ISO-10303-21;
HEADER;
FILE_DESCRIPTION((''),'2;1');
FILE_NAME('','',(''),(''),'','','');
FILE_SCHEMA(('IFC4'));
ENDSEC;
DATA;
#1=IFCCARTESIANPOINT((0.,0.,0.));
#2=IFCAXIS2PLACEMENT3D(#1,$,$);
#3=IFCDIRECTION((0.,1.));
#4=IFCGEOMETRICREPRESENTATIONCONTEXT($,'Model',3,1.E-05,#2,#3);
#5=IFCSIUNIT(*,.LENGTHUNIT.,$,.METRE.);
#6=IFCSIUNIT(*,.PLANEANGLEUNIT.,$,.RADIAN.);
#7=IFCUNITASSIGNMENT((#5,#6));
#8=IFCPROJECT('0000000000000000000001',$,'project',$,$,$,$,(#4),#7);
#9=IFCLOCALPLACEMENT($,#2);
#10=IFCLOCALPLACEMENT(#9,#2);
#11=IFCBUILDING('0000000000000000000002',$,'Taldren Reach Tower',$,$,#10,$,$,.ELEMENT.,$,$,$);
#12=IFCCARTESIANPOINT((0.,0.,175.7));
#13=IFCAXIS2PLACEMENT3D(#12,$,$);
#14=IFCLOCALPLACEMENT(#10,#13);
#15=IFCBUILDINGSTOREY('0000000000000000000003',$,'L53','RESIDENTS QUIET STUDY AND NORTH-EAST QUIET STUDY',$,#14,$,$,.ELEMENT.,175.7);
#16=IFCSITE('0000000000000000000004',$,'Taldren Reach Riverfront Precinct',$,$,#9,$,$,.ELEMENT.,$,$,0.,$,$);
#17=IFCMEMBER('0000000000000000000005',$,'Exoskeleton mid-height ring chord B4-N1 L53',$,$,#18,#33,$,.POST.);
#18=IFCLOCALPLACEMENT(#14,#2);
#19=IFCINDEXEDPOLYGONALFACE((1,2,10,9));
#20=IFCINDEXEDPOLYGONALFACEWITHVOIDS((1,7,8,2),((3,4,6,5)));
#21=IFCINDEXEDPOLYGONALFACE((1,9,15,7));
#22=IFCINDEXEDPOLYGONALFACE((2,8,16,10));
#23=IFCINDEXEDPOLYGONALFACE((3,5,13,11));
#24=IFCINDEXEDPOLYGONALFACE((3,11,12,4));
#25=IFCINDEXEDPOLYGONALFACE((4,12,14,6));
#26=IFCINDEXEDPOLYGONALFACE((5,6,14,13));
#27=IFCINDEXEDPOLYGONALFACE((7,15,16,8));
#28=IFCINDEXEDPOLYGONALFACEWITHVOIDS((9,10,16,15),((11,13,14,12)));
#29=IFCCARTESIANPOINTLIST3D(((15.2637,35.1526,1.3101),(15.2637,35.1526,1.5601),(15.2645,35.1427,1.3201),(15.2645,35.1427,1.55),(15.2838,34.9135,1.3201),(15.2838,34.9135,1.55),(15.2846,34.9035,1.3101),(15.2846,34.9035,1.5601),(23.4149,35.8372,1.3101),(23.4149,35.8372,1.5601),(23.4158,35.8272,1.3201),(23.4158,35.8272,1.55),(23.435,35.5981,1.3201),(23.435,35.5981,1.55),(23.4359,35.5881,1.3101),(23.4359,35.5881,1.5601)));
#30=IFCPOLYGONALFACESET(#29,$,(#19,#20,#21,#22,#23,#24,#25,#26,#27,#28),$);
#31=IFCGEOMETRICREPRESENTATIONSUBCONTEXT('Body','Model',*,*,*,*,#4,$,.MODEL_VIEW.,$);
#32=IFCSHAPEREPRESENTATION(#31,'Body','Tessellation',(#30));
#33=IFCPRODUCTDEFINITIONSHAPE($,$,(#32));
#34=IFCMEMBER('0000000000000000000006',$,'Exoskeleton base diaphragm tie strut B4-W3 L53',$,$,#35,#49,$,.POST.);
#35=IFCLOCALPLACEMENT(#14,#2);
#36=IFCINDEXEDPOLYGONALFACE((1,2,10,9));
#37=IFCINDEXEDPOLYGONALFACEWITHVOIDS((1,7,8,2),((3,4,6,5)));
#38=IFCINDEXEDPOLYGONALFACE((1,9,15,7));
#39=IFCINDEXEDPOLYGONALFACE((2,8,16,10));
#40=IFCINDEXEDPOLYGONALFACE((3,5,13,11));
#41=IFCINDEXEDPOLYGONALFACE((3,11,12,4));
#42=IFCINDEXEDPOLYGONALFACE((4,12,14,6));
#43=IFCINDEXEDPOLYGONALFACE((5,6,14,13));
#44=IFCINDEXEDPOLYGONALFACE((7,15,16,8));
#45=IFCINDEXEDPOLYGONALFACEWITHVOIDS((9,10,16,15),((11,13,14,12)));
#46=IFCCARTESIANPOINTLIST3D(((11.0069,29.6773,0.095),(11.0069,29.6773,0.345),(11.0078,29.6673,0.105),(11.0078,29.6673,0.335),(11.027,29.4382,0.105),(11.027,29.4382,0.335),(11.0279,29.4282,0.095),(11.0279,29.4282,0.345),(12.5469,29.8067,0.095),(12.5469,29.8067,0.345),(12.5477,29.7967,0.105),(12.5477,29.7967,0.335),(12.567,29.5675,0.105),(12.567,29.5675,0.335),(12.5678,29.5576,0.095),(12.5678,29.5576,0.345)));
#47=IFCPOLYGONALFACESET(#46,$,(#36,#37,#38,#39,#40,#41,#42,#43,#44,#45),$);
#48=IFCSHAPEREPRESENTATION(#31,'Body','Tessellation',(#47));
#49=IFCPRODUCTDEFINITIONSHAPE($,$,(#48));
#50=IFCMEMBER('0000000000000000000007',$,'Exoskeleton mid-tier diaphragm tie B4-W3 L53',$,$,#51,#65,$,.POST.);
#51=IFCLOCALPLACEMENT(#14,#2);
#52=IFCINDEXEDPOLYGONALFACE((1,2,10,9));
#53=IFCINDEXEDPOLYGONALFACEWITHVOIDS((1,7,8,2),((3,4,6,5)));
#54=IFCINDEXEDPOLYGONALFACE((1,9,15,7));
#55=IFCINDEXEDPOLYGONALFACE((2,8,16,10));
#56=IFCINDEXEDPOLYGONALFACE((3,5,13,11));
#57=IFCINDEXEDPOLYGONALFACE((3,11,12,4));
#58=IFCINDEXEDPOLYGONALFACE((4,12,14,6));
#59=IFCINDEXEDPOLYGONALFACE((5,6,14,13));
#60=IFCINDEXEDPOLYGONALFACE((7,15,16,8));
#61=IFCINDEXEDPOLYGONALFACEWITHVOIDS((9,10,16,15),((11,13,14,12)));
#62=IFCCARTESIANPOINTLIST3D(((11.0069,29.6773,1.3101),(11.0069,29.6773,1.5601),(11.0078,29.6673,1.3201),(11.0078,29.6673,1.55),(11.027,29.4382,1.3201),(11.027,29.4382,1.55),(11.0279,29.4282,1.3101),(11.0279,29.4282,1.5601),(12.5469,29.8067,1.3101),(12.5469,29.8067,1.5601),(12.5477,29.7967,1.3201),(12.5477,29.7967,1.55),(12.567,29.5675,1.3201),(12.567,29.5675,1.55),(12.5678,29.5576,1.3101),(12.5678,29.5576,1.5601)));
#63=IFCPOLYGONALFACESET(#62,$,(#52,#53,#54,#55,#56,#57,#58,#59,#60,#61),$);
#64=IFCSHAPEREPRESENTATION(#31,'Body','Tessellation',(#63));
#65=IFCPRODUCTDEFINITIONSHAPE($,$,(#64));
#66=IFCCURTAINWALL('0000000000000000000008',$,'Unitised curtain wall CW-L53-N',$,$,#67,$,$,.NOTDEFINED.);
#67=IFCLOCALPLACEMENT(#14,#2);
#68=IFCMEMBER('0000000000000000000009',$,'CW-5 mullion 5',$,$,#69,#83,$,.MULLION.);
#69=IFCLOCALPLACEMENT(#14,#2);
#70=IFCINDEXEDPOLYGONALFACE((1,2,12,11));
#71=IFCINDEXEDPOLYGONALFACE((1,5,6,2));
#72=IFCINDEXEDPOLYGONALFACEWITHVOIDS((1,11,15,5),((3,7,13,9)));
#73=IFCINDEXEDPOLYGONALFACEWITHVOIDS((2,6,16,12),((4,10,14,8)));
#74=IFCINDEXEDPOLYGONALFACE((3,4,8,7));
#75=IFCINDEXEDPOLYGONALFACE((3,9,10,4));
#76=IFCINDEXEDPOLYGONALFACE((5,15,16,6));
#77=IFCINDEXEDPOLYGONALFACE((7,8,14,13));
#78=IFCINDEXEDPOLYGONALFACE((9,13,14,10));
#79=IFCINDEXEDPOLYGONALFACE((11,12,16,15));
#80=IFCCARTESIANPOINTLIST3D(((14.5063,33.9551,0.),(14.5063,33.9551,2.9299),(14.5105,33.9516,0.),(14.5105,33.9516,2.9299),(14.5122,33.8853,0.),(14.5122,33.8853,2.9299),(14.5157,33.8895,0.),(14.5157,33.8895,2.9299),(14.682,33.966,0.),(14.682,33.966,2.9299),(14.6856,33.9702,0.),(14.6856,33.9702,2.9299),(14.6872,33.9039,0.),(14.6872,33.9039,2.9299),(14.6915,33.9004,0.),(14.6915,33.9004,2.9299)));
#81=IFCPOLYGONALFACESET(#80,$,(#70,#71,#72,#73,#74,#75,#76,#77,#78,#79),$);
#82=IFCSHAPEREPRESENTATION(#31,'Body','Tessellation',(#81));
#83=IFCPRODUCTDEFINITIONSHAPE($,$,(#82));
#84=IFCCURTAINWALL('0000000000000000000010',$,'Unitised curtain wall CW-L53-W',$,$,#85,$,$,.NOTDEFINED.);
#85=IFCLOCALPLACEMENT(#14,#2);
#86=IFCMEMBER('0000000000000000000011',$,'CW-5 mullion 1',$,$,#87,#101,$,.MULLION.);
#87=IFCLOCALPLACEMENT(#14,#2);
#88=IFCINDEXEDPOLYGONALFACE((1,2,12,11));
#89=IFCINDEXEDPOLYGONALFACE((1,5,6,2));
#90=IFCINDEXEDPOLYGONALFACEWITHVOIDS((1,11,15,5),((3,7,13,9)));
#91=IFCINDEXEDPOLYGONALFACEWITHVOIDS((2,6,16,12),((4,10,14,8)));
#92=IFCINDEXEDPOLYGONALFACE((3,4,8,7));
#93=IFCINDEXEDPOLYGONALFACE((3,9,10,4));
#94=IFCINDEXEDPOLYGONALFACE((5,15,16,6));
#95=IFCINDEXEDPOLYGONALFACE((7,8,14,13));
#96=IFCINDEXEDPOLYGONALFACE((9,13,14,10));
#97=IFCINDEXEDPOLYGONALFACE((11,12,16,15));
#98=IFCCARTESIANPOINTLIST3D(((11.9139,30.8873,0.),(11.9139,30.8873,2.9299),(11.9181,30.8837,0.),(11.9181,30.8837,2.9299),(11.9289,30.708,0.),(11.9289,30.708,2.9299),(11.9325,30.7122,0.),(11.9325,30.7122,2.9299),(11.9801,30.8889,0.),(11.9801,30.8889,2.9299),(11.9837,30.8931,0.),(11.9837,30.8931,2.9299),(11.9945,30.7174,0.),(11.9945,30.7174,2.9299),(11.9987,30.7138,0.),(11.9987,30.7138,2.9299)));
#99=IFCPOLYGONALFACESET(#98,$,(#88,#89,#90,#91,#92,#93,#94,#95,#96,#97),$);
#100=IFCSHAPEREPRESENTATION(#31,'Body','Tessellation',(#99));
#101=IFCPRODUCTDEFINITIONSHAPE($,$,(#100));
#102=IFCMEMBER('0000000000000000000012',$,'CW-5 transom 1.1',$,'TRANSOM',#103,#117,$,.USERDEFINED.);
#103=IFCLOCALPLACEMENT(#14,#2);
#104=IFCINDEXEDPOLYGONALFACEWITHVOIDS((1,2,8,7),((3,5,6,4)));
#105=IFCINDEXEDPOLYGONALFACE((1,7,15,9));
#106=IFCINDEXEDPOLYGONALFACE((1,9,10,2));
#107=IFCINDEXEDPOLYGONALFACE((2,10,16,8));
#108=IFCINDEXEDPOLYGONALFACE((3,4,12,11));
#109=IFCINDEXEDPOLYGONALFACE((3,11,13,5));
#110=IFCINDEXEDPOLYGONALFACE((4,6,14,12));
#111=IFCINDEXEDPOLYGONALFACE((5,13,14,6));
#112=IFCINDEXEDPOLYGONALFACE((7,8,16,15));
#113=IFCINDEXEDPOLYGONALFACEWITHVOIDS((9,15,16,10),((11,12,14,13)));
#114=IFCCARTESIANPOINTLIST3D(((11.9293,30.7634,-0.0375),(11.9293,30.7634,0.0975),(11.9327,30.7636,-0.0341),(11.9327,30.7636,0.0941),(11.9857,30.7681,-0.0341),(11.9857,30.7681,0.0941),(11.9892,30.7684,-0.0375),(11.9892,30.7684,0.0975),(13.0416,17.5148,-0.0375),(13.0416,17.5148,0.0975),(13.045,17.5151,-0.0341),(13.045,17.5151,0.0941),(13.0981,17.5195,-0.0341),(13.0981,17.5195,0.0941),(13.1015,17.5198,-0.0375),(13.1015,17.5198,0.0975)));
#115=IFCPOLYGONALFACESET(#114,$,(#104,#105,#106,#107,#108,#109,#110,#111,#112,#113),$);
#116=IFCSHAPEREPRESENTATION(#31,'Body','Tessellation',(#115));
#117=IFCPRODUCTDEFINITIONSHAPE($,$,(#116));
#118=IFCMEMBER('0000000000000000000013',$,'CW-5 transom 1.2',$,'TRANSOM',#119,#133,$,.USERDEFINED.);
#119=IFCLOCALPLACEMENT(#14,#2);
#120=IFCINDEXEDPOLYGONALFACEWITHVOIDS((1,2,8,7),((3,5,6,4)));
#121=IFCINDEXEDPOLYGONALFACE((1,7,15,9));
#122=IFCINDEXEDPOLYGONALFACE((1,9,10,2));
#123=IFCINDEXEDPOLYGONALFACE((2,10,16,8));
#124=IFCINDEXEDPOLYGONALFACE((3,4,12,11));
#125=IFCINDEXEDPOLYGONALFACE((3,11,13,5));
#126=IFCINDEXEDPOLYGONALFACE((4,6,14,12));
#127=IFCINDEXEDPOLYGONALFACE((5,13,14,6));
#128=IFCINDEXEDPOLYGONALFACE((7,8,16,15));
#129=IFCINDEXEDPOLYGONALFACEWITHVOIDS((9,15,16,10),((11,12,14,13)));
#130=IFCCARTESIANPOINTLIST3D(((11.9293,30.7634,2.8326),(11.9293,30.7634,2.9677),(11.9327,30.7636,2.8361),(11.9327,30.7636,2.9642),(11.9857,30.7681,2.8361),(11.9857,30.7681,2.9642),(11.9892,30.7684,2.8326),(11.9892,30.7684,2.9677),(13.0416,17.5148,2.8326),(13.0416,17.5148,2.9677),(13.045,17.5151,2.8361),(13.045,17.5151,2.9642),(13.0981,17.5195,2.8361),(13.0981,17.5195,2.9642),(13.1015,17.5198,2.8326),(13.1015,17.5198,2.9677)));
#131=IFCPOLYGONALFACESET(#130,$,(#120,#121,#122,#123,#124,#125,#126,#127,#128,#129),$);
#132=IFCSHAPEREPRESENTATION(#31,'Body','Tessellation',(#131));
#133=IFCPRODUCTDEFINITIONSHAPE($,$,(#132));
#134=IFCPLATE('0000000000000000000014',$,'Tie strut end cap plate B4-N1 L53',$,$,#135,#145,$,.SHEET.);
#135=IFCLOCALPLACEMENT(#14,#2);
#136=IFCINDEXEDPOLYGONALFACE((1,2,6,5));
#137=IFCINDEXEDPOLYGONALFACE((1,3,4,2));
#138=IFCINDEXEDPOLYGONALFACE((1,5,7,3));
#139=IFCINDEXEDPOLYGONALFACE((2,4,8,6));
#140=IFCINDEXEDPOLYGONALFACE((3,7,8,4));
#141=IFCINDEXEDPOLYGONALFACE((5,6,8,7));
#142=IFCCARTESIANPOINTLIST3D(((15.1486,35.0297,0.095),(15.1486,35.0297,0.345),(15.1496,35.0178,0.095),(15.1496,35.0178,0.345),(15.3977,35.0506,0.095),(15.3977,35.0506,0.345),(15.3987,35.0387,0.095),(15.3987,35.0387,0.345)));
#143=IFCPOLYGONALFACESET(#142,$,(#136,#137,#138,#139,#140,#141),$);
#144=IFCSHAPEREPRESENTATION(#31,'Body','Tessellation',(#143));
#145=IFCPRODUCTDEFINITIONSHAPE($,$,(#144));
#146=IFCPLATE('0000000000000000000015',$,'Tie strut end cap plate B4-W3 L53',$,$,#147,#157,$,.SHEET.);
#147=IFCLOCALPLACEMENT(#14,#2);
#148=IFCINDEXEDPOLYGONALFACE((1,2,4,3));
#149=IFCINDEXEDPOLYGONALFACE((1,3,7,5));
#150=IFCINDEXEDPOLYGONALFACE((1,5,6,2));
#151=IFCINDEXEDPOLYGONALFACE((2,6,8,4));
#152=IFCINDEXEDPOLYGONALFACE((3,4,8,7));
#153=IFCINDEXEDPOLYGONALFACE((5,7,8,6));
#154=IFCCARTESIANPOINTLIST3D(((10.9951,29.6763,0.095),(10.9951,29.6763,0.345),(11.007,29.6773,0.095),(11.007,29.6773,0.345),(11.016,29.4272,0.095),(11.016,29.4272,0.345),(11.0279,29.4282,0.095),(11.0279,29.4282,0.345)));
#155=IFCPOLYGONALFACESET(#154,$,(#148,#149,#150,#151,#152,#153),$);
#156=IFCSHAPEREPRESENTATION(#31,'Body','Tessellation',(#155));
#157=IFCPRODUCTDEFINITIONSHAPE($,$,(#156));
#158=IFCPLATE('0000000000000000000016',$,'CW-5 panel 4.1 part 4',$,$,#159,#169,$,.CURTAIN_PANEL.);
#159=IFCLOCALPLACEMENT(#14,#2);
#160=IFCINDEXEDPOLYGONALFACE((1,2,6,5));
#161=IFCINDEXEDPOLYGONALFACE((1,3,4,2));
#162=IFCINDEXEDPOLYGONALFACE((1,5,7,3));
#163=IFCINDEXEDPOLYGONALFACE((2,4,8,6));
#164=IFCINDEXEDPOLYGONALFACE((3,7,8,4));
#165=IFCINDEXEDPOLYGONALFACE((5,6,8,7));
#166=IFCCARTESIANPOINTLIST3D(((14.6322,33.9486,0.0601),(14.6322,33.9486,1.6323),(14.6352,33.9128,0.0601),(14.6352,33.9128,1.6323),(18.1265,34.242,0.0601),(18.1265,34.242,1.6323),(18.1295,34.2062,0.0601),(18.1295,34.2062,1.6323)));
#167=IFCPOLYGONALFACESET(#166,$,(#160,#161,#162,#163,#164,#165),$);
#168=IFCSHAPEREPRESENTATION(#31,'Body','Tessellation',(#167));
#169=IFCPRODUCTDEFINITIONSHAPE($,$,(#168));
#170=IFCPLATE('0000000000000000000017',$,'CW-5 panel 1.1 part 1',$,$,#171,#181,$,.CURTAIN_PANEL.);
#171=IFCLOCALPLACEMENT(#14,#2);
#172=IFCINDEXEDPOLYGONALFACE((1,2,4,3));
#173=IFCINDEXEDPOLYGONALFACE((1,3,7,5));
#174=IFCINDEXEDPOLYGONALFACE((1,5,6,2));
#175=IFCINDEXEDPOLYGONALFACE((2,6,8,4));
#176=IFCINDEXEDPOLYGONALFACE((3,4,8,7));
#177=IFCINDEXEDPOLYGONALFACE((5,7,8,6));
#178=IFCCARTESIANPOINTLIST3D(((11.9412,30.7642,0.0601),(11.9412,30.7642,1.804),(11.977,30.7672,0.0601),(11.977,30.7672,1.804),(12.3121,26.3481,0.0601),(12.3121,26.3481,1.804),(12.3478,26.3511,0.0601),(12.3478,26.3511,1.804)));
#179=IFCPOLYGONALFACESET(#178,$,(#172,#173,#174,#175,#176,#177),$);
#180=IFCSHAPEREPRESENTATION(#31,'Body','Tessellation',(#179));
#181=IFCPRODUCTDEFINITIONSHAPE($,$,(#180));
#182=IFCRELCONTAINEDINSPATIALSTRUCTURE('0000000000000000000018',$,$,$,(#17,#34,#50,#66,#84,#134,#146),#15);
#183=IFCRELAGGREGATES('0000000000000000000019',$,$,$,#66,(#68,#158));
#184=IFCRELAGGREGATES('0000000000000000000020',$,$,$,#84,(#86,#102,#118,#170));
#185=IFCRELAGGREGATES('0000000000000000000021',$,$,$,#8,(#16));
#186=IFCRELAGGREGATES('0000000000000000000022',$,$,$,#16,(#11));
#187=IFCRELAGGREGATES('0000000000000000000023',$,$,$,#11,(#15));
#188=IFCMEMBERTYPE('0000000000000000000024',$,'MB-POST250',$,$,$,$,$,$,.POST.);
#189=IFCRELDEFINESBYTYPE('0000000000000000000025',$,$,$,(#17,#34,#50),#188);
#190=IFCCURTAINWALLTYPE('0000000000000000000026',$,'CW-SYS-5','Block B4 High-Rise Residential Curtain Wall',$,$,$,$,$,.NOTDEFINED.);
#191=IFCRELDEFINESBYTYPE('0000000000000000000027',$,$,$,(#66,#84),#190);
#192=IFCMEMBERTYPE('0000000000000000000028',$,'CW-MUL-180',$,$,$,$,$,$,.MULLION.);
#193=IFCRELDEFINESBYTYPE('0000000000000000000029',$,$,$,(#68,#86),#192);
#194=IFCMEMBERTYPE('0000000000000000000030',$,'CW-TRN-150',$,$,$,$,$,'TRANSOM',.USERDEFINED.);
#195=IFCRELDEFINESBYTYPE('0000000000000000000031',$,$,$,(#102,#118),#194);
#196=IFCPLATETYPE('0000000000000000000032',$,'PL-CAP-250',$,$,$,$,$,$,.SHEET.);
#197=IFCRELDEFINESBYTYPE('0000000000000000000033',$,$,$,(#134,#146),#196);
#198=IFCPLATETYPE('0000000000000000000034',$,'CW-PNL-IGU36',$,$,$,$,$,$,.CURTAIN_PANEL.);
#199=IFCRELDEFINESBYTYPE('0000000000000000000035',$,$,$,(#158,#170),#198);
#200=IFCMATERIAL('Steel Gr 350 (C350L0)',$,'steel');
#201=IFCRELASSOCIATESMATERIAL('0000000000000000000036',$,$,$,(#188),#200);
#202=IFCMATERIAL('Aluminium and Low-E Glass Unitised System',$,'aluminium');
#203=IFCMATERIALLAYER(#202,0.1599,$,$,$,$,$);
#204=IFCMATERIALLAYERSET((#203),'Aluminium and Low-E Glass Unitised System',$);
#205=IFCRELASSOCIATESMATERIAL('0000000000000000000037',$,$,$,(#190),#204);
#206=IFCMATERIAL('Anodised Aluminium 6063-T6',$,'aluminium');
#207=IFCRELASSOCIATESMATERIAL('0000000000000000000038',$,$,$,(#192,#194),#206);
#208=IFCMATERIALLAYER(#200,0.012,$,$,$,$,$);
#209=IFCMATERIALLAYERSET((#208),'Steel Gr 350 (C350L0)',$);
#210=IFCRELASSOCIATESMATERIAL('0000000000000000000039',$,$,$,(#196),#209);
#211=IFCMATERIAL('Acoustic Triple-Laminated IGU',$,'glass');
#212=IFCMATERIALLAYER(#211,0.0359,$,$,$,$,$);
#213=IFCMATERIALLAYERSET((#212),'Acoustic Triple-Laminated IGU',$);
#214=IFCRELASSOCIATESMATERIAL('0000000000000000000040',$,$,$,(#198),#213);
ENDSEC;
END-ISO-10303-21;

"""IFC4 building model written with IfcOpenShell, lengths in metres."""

from ifc_helpers import new_model, si_unit, direction, frame, origin, origin_2d, place, context, subcontext, project, spatial, rectangle, hollow_rectangle, extrude, source, transform, mapped, material, layer, layer_set, material_profile, profile_set, type_object, element, aggregate, save


model = new_model("IFC4")

# Units and contexts
model_context = context("Model", 3, precision=1e-05, world=origin(), true_north=direction((0.0, 1.0)))
body_context = subcontext(model_context, "Body", "Model", "MODEL_VIEW")
ifc_project = project(units=[si_unit("LENGTHUNIT", "METRE"), si_unit("PLANEANGLEUNIT", "RADIAN")], contexts=[model_context])

# Site, building, storey
site_placement = place(None, origin())
site = spatial("IfcSite", under=ifc_project, at=site_placement, Name="Taldren Reach Riverfront Precinct", CompositionType="ELEMENT", RefElevation=0.0)
building_placement = place(site_placement, origin())
building = spatial("IfcBuilding", under=site, at=building_placement, Name="Taldren Reach Tower", CompositionType="ELEMENT")
storey_placement = place(building_placement, frame((0.0, 0.0, 175.7)))
storey = spatial("IfcBuildingStorey", under=building, at=storey_placement, Name="L53", Description="RESIDENTS QUIET STUDY AND NORTH-EAST QUIET STUDY", CompositionType="ELEMENT", Elevation=175.7)

# Shared definitions
ifc_material_1 = material(Name="Steel Gr 350 (C350L0)", Category="steel")

# Shared definitions
ifc_material_profile_1 = material_profile(ifc_material_1, hollow_rectangle(XDim=0.25, YDim=0.25, WallThickness=0.01, at=origin_2d()), Name="250x250x10.0SHS")
ifc_profile_set_1 = profile_set([ifc_material_profile_1], Name="Steel Gr 350 (C350L0)")
member_type_1 = type_object("IfcMemberType", Name="MB-POST250", PredefinedType="POST", material=ifc_profile_set_1)

# Members
shared_shape_1 = source(origin(), body_context, "Body", "SweptSolid", [
    extrude(hollow_rectangle(XDim=0.25, YDim=0.25, WallThickness=0.01, at=origin_2d()), origin(), (0.0, 0.0, 1.0), 8.1799),
])
member_1_placement = place(storey_placement, frame((15.2742, 35.0281, 1.4351), z_axis=(0.996492, 0.08369, 0.0), x_axis=(-0.08369, 0.996492, 0.0)))
element("IfcMember", 1, at=member_1_placement, inside=storey, type_object=member_type_1, Name="Exoskeleton mid-height ring chord B4-N1 L53", PredefinedType="POST", context=body_context, shape_type="MappedRepresentation", body=[
    mapped(shared_shape_1, transform((0.0, 0.0, 0.0), scale=1.0)),
])
shared_shape_2 = source(origin(), body_context, "Body", "SweptSolid", [
    extrude(hollow_rectangle(XDim=0.25, YDim=0.25, WallThickness=0.01, at=origin_2d()), origin(), (0.0, 0.0, 1.0), 1.5454),
])
for number, where, z_axis, x_axis, name in (
    (2, (12.5574, 29.6821, 0.22), (-0.996489, -0.083725, 0.0), (0.083725, -0.996489, 0.0), "Exoskeleton base diaphragm tie strut B4-W3 L53"),
    (3, (12.5574, 29.6821, 1.4351), (-0.996489, -0.083725, 0.0), (0.083725, -0.996489, 0.0), "Exoskeleton mid-tier diaphragm tie B4-W3 L53"),
):
    element("IfcMember", number, at=place(storey_placement, frame(where, z_axis=z_axis, x_axis=x_axis)), inside=storey, type_object=member_type_1, Name=name, PredefinedType="POST", context=body_context, shape_type="MappedRepresentation", body=[
        mapped(shared_shape_2, transform((0.0, 0.0, 0.0), scale=1.0)),
    ])

# Curtain wall, member
ifc_material_2 = material(Name="Aluminium and Low-E Glass Unitised System", Category="aluminium")
ifc_layer_1 = layer(ifc_material_2, 0.1599)
ifc_layer_set_1 = layer_set([ifc_layer_1], Name="Aluminium and Low-E Glass Unitised System")
curtain_wall_type = type_object("IfcCurtainWallType", Name="CW-SYS-5", Description="Block B4 High-Rise Residential Curtain Wall", PredefinedType="NOTDEFINED", material=ifc_layer_set_1)
curtain_wall_1_placement = place(storey_placement, origin())
curtain_wall_1 = element("IfcCurtainWall", 4, at=curtain_wall_1_placement, inside=storey, type_object=curtain_wall_type, Name="Unitised curtain wall CW-L53-N", PredefinedType="NOTDEFINED")
ifc_material_3 = material(Name="Anodised Aluminium 6063-T6", Category="aluminium")
ifc_material_profile_2 = material_profile(ifc_material_3, hollow_rectangle(XDim=0.0701, YDim=0.1799, WallThickness=0.0039, at=origin_2d()), Name="ALU-180x70x4RHS")
ifc_profile_set_2 = profile_set([ifc_material_profile_2], Name="Anodised Aluminium 6063-T6")
member_type_2 = type_object("IfcMemberType", Name="CW-MUL-180", PredefinedType="MULLION", material=ifc_profile_set_2)
shared_shape_3 = source(origin(), body_context, "Body", "SweptSolid", [
    extrude(hollow_rectangle(XDim=0.0701, YDim=0.1799, WallThickness=0.0039, at=origin_2d()), origin(), (0.0, 0.0, 1.0), 2.9299),
])
member_2_placement = place(storey_placement, frame((14.5989, 33.9277, 0.0), z_axis=(0.0, 0.0, 1.0), x_axis=(0.083678, -0.996493, 0.0)))
member_2 = element("IfcMember", 5, at=member_2_placement, type_object=member_type_2, Name="CW-5 mullion 5", PredefinedType="MULLION", context=body_context, shape_type="MappedRepresentation", body=[
    mapped(shared_shape_3, transform((0.0, 0.0, 0.0), scale=1.0)),
])

# Curtain wall, members
curtain_wall_2_placement = place(storey_placement, origin())
curtain_wall_2 = element("IfcCurtainWall", 6, at=curtain_wall_2_placement, inside=storey, type_object=curtain_wall_type, Name="Unitised curtain wall CW-L53-W", PredefinedType="NOTDEFINED")
member_3_placement = place(storey_placement, frame((11.9563, 30.8005, 0.0), z_axis=(0.0, 0.0, 1.0), x_axis=(0.996493, 0.083678, 0.0)))
member_3 = element("IfcMember", 7, at=member_3_placement, type_object=member_type_2, Name="CW-5 mullion 1", PredefinedType="MULLION", context=body_context, shape_type="MappedRepresentation", body=[
    mapped(shared_shape_3, transform((0.0, 0.0, 0.0), scale=1.0)),
])
ifc_material_profile_3 = material_profile(ifc_material_3, hollow_rectangle(XDim=0.0601, YDim=0.135, WallThickness=0.0034, at=origin_2d()), Name="ALU-135x60x3.5RHS")
ifc_profile_set_3 = profile_set([ifc_material_profile_3], Name="Anodised Aluminium 6063-T6")
member_type_3 = type_object("IfcMemberType", Name="CW-TRN-150", ElementType="TRANSOM", PredefinedType="USERDEFINED", material=ifc_profile_set_3)
shared_shape_4 = source(origin(), body_context, "Body", "SweptSolid", [
    extrude(hollow_rectangle(XDim=0.0601, YDim=0.135, WallThickness=0.0034, at=origin_2d()), origin(), (0.0, 0.0, 1.0), 13.2952),
])
member_4_placement = place(storey_placement, frame((11.9592, 30.7659, 0.03), z_axis=(0.083662, -0.996494, 0.0), x_axis=(0.996494, 0.083662, 0.0)))
member_4 = element("IfcMember", 8, at=member_4_placement, type_object=member_type_3, Name="CW-5 transom 1.1", ObjectType="TRANSOM", PredefinedType="USERDEFINED", context=body_context, shape_type="MappedRepresentation", body=[
    mapped(shared_shape_4, transform((0.0, 0.0, 0.0), scale=1.0)),
])
member_5_placement = place(storey_placement, frame((11.9592, 30.7659, 2.9001), z_axis=(0.083662, -0.996494, 0.0), x_axis=(0.996494, 0.083662, 0.0)))
member_5 = element("IfcMember", 9, at=member_5_placement, type_object=member_type_3, Name="CW-5 transom 1.2", ObjectType="TRANSOM", PredefinedType="USERDEFINED", context=body_context, shape_type="MappedRepresentation", body=[
    mapped(shared_shape_4, transform((0.0, 0.0, 0.0), scale=1.0)),
])

# Plates
ifc_layer_2 = layer(ifc_material_1, 0.012)
ifc_layer_set_2 = layer_set([ifc_layer_2], Name="Steel Gr 350 (C350L0)")
plate_type_1 = type_object("IfcPlateType", Name="PL-CAP-250", PredefinedType="SHEET", material=ifc_layer_set_2)
shared_shape_5 = source(origin(), body_context, "Body", "SweptSolid", [
    extrude(rectangle(XDim=0.25, YDim=0.012, at=origin_2d()), origin(), (0.0, 0.0, 1.0), 0.25),
])
plate_1_placement = place(storey_placement, frame((15.2737, 35.0342, 0.095), z_axis=(0.0, 0.0, 1.0), x_axis=(0.996493, 0.083678, 0.0)))
element("IfcPlate", 10, at=plate_1_placement, inside=storey, type_object=plate_type_1, Name="Tie strut end cap plate B4-N1 L53", PredefinedType="SHEET", context=body_context, shape_type="MappedRepresentation", body=[
    mapped(shared_shape_5, transform((0.0, 0.0, 0.0), scale=1.0)),
])
shared_shape_6 = source(origin(), body_context, "Body", "SweptSolid", [
    extrude(rectangle(XDim=0.012, YDim=0.25, at=origin_2d()), origin(), (0.0, 0.0, 1.0), 0.25),
])
plate_2_placement = place(storey_placement, frame((11.0115, 29.5522, 0.095), z_axis=(0.0, 0.0, 1.0), x_axis=(0.996493, 0.083678, 0.0)))
element("IfcPlate", 11, at=plate_2_placement, inside=storey, type_object=plate_type_1, Name="Tie strut end cap plate B4-W3 L53", PredefinedType="SHEET", context=body_context, shape_type="MappedRepresentation", body=[
    mapped(shared_shape_6, transform((0.0, 0.0, 0.0), scale=1.0)),
])

# Plates
ifc_material_4 = material(Name="Acoustic Triple-Laminated IGU", Category="glass")
ifc_layer_3 = layer(ifc_material_4, 0.0359)
ifc_layer_set_3 = layer_set([ifc_layer_3], Name="Acoustic Triple-Laminated IGU")
plate_type_2 = type_object("IfcPlateType", Name="CW-PNL-IGU36", PredefinedType="CURTAIN_PANEL", material=ifc_layer_set_3)
shared_shape_7 = source(origin(), body_context, "Body", "SweptSolid", [
    extrude(rectangle(XDim=3.5066, YDim=0.0359, at=origin_2d()), origin(), (0.0, 0.0, 1.0), 1.5723),
])
plate_3_placement = place(storey_placement, frame((16.3809, 34.0774, 0.0601), z_axis=(0.0, 0.0, 1.0), x_axis=(-0.996493, -0.083678, 0.0)))
plate_3 = element("IfcPlate", 12, at=plate_3_placement, type_object=plate_type_2, Name="CW-5 panel 4.1 part 4", PredefinedType="CURTAIN_PANEL", context=body_context, shape_type="MappedRepresentation", body=[
    mapped(shared_shape_7, transform((0.0, 0.0, 0.0), scale=1.0)),
])
aggregate(curtain_wall_1, [member_2, plate_3])
shared_shape_8 = source(origin(), body_context, "Body", "SweptSolid", [
    extrude(rectangle(XDim=4.4316, YDim=0.0359, at=origin_2d()), origin(), (0.0, 0.0, 1.0), 1.7439),
])
plate_4_placement = place(storey_placement, frame((12.1445, 28.5576, 0.0601), z_axis=(0.0, 0.0, 1.0), x_axis=(0.083678, -0.996493, 0.0)))
plate_4 = element("IfcPlate", 13, at=plate_4_placement, type_object=plate_type_2, Name="CW-5 panel 1.1 part 1", PredefinedType="CURTAIN_PANEL", context=body_context, shape_type="MappedRepresentation", body=[
    mapped(shared_shape_8, transform((0.0, 0.0, 0.0), scale=1.0)),
])
aggregate(curtain_wall_2, [member_3, member_4, member_5, plate_4])

save(model, "model.ifc")
